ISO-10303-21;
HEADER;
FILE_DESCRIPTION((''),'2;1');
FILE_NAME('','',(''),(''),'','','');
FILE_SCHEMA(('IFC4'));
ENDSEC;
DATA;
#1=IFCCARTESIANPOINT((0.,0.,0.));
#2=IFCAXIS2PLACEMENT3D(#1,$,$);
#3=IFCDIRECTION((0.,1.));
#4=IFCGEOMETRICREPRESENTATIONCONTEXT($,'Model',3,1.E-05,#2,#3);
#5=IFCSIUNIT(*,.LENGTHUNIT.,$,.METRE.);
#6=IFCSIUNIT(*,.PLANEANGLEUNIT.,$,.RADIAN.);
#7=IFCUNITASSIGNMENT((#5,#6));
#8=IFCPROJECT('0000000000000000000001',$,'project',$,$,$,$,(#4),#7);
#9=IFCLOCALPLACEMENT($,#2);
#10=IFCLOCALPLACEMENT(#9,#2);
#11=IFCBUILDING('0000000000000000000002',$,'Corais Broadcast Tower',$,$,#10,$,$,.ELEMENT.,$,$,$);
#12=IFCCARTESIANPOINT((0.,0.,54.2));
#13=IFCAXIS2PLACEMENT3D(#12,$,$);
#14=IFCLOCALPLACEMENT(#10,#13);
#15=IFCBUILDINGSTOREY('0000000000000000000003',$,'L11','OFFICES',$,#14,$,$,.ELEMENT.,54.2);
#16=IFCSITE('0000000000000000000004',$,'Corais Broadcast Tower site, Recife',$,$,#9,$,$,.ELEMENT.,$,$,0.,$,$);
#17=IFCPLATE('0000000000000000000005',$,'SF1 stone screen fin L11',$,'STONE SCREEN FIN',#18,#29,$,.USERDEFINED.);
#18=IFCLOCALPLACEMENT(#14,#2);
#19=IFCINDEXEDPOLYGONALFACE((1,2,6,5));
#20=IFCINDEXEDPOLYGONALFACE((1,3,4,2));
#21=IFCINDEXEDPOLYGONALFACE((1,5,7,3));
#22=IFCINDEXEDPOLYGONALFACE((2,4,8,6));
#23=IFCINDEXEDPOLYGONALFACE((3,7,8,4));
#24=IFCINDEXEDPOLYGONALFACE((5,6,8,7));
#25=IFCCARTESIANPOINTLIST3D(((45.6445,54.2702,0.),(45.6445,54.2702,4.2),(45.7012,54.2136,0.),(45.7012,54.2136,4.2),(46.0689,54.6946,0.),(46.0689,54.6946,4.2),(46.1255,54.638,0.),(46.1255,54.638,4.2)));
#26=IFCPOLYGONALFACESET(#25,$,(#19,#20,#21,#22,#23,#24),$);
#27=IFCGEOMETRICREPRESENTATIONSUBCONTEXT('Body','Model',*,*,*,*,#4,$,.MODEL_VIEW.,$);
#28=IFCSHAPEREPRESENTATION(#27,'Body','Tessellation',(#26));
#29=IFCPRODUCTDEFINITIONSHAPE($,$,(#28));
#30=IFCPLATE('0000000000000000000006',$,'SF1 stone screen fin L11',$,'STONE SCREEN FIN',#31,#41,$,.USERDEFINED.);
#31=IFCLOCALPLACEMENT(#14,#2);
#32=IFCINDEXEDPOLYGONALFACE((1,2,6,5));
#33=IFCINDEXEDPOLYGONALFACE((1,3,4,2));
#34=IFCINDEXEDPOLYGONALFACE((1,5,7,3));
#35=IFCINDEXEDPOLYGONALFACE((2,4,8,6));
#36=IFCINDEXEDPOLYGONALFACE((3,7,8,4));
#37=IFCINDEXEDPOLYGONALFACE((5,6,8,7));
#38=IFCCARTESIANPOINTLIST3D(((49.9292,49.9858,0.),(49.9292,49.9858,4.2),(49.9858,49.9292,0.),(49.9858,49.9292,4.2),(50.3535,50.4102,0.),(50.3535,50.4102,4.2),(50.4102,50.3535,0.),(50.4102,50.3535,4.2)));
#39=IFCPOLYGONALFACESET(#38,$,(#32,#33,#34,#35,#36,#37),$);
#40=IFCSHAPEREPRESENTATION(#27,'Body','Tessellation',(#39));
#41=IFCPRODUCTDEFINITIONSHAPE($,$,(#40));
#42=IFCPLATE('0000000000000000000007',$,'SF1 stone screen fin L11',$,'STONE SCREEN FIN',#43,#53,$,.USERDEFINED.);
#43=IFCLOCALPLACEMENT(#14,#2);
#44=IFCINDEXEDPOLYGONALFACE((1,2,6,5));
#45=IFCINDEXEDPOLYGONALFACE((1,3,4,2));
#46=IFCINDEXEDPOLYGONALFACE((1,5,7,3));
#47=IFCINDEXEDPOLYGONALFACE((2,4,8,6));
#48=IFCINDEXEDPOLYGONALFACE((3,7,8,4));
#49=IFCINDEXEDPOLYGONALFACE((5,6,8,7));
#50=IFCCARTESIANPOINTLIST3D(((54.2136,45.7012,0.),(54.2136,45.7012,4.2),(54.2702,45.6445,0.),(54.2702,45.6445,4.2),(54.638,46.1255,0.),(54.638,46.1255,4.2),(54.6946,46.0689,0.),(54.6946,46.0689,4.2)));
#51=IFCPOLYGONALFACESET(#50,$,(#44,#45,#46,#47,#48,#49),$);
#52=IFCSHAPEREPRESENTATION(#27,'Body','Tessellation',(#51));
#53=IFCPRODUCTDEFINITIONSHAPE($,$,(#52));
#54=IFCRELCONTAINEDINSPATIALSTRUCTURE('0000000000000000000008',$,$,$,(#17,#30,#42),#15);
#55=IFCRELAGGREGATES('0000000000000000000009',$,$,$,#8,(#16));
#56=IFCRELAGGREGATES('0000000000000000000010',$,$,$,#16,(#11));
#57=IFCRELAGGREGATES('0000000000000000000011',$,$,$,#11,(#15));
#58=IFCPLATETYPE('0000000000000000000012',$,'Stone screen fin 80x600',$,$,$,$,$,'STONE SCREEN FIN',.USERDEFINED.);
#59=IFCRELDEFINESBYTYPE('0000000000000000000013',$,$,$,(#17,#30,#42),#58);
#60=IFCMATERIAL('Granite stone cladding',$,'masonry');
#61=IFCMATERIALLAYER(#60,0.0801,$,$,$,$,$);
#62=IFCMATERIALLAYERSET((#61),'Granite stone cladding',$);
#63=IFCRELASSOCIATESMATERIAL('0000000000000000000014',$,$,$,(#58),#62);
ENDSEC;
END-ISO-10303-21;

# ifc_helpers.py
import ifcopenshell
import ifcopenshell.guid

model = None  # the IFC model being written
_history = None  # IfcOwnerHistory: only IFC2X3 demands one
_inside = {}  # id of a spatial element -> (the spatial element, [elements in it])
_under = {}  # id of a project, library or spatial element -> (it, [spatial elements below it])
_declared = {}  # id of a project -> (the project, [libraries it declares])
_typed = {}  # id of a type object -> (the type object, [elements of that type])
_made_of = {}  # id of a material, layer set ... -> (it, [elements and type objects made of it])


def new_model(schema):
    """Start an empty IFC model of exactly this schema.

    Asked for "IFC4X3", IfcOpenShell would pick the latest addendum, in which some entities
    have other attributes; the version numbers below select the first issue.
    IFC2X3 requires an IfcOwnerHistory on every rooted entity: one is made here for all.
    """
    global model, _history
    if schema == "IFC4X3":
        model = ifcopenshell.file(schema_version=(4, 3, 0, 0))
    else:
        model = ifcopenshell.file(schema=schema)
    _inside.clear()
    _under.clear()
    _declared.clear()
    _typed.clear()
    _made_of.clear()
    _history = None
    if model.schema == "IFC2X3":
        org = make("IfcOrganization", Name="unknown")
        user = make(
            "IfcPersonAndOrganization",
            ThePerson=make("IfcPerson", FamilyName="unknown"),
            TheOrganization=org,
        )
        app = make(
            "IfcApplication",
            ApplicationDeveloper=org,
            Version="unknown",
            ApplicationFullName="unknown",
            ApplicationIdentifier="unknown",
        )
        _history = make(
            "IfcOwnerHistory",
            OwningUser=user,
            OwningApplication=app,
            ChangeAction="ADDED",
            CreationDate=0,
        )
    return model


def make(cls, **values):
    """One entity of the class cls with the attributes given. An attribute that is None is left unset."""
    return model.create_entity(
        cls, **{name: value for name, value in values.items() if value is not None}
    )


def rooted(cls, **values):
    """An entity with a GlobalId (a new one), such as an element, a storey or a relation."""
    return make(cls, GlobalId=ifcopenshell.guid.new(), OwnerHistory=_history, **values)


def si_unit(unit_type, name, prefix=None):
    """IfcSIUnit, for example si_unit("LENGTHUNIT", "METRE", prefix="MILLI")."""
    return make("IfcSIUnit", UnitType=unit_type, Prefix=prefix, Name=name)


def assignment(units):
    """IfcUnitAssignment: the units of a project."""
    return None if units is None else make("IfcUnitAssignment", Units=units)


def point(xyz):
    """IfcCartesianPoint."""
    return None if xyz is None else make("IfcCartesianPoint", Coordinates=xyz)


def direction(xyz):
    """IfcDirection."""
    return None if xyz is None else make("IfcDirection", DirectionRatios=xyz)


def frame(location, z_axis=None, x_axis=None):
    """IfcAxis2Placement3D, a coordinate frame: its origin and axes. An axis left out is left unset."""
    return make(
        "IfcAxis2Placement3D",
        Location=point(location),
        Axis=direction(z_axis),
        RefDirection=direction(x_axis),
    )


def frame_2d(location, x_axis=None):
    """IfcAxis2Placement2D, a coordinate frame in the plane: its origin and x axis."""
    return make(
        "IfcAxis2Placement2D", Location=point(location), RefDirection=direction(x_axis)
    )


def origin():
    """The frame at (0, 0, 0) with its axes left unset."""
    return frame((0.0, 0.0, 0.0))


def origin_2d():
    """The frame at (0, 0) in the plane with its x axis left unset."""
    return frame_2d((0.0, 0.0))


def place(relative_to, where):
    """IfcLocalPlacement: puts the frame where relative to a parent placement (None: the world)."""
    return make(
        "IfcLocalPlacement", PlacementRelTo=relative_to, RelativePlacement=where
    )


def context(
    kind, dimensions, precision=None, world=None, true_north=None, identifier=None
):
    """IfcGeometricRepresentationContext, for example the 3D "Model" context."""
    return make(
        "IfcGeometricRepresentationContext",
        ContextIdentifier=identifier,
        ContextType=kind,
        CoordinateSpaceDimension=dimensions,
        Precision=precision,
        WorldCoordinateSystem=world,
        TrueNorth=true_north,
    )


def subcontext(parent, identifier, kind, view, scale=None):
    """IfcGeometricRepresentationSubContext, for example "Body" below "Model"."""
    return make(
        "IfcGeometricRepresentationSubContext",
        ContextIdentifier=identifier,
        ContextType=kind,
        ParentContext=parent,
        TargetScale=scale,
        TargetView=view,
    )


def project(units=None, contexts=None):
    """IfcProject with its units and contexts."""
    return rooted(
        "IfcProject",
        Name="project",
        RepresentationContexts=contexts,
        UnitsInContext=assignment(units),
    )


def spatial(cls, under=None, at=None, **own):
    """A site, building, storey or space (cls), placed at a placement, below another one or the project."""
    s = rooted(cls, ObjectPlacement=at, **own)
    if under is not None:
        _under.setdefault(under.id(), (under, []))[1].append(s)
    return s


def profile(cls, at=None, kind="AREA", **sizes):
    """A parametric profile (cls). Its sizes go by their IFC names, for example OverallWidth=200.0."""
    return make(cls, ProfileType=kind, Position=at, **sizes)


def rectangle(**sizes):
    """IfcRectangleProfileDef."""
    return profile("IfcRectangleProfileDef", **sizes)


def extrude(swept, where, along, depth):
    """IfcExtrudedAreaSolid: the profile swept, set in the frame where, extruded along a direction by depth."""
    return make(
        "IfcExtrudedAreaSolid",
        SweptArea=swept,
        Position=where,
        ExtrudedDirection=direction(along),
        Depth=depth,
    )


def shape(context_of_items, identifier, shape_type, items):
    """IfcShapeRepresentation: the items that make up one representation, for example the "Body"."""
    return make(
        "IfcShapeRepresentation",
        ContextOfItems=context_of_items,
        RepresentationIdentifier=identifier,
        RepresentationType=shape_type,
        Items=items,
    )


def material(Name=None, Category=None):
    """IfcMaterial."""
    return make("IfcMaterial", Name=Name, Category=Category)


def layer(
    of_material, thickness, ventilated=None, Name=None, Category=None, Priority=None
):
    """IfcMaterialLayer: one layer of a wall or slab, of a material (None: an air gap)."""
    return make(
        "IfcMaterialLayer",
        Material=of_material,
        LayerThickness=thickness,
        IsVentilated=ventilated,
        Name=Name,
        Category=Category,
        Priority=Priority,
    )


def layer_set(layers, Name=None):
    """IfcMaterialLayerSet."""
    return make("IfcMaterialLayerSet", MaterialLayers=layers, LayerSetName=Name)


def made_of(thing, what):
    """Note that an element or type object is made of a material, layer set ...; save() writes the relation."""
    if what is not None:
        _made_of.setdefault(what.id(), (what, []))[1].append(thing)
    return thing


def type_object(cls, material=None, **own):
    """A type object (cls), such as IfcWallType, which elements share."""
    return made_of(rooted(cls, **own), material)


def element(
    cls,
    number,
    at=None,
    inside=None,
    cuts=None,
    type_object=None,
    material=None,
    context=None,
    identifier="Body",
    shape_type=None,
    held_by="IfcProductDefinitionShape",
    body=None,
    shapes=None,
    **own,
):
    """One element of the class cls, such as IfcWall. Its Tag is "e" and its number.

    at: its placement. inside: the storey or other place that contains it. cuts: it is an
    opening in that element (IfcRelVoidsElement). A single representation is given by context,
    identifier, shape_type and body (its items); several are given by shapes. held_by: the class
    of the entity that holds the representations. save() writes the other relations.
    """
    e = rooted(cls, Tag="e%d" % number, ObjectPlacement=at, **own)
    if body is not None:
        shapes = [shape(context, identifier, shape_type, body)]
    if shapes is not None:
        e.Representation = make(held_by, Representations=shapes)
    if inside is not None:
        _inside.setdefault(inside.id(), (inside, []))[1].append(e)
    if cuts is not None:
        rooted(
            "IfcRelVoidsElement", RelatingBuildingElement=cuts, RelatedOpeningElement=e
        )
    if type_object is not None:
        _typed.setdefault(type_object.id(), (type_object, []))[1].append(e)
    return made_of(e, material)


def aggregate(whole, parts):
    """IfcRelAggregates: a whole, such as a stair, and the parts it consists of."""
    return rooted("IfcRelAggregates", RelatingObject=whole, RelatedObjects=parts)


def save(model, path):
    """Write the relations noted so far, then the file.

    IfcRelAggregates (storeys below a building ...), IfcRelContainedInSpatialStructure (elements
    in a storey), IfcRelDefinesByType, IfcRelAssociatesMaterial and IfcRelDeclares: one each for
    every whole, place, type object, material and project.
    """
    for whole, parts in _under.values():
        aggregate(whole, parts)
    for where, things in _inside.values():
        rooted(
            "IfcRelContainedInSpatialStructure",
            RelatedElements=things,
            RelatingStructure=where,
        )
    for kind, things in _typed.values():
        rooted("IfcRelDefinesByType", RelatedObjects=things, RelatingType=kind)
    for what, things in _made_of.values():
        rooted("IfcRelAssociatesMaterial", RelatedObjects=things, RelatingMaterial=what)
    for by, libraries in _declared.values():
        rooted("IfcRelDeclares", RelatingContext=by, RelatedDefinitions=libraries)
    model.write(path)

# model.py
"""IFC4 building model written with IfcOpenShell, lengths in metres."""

from ifc_helpers import new_model, si_unit, direction, frame, origin, origin_2d, place, context, subcontext, project, spatial, rectangle, extrude, material, layer, layer_set, type_object, element, save


model = new_model("IFC4")

# Units and contexts
model_context = context("Model", 3, precision=1e-05, world=origin(), true_north=direction((0.0, 1.0)))
body_context = subcontext(model_context, "Body", "Model", "MODEL_VIEW")
ifc_project = project(units=[si_unit("LENGTHUNIT", "METRE"), si_unit("PLANEANGLEUNIT", "RADIAN")], contexts=[model_context])

# Site, building, storey
site_placement = place(None, origin())
site = spatial("IfcSite", under=ifc_project, at=site_placement, Name="Corais Broadcast Tower site, Recife", CompositionType="ELEMENT", RefElevation=0.0)
building_placement = place(site_placement, origin())
building = spatial("IfcBuilding", under=site, at=building_placement, Name="Corais Broadcast Tower", CompositionType="ELEMENT")
storey_placement = place(building_placement, frame((0.0, 0.0, 54.2)))
storey = spatial("IfcBuildingStorey", under=building, at=storey_placement, Name="L11", Description="OFFICES", CompositionType="ELEMENT", Elevation=54.2)

# Plates
ifc_material_1 = material(Name="Granite stone cladding", Category="masonry")
ifc_layer_1 = layer(ifc_material_1, 0.0801)
ifc_layer_set_1 = layer_set([ifc_layer_1], Name="Granite stone cladding")
plate_type_1 = type_object("IfcPlateType", Name="Stone screen fin 80x600", ElementType="STONE SCREEN FIN", PredefinedType="USERDEFINED", material=ifc_layer_set_1)
for number, where, z_axis, x_axis, name in (
    (1, (45.885, 54.4541, 0.0), (0.0, 0.0, 1.0), (0.707107, -0.707107, 0.0), "SF1 stone screen fin L11"),
    (2, (50.1697, 50.1697, 0.0), (0.0, 0.0, 1.0), (0.707107, -0.707107, 0.0), "SF1 stone screen fin L11"),
    (3, (54.4541, 45.885, 0.0), (0.0, 0.0, 1.0), (0.707107, -0.707107, 0.0), "SF1 stone screen fin L11"),
):
    element("IfcPlate", number, at=place(storey_placement, frame(where, z_axis=z_axis, x_axis=x_axis)), inside=storey, type_object=plate_type_1, Name=name, ObjectType="STONE SCREEN FIN", PredefinedType="USERDEFINED", context=body_context, shape_type="SweptSolid", body=[
        extrude(rectangle(XDim=0.0801, YDim=0.6001, at=origin_2d()), origin(), (0.0, 0.0, 1.0), 4.2),
    ])

save(model, "model.ifc")
